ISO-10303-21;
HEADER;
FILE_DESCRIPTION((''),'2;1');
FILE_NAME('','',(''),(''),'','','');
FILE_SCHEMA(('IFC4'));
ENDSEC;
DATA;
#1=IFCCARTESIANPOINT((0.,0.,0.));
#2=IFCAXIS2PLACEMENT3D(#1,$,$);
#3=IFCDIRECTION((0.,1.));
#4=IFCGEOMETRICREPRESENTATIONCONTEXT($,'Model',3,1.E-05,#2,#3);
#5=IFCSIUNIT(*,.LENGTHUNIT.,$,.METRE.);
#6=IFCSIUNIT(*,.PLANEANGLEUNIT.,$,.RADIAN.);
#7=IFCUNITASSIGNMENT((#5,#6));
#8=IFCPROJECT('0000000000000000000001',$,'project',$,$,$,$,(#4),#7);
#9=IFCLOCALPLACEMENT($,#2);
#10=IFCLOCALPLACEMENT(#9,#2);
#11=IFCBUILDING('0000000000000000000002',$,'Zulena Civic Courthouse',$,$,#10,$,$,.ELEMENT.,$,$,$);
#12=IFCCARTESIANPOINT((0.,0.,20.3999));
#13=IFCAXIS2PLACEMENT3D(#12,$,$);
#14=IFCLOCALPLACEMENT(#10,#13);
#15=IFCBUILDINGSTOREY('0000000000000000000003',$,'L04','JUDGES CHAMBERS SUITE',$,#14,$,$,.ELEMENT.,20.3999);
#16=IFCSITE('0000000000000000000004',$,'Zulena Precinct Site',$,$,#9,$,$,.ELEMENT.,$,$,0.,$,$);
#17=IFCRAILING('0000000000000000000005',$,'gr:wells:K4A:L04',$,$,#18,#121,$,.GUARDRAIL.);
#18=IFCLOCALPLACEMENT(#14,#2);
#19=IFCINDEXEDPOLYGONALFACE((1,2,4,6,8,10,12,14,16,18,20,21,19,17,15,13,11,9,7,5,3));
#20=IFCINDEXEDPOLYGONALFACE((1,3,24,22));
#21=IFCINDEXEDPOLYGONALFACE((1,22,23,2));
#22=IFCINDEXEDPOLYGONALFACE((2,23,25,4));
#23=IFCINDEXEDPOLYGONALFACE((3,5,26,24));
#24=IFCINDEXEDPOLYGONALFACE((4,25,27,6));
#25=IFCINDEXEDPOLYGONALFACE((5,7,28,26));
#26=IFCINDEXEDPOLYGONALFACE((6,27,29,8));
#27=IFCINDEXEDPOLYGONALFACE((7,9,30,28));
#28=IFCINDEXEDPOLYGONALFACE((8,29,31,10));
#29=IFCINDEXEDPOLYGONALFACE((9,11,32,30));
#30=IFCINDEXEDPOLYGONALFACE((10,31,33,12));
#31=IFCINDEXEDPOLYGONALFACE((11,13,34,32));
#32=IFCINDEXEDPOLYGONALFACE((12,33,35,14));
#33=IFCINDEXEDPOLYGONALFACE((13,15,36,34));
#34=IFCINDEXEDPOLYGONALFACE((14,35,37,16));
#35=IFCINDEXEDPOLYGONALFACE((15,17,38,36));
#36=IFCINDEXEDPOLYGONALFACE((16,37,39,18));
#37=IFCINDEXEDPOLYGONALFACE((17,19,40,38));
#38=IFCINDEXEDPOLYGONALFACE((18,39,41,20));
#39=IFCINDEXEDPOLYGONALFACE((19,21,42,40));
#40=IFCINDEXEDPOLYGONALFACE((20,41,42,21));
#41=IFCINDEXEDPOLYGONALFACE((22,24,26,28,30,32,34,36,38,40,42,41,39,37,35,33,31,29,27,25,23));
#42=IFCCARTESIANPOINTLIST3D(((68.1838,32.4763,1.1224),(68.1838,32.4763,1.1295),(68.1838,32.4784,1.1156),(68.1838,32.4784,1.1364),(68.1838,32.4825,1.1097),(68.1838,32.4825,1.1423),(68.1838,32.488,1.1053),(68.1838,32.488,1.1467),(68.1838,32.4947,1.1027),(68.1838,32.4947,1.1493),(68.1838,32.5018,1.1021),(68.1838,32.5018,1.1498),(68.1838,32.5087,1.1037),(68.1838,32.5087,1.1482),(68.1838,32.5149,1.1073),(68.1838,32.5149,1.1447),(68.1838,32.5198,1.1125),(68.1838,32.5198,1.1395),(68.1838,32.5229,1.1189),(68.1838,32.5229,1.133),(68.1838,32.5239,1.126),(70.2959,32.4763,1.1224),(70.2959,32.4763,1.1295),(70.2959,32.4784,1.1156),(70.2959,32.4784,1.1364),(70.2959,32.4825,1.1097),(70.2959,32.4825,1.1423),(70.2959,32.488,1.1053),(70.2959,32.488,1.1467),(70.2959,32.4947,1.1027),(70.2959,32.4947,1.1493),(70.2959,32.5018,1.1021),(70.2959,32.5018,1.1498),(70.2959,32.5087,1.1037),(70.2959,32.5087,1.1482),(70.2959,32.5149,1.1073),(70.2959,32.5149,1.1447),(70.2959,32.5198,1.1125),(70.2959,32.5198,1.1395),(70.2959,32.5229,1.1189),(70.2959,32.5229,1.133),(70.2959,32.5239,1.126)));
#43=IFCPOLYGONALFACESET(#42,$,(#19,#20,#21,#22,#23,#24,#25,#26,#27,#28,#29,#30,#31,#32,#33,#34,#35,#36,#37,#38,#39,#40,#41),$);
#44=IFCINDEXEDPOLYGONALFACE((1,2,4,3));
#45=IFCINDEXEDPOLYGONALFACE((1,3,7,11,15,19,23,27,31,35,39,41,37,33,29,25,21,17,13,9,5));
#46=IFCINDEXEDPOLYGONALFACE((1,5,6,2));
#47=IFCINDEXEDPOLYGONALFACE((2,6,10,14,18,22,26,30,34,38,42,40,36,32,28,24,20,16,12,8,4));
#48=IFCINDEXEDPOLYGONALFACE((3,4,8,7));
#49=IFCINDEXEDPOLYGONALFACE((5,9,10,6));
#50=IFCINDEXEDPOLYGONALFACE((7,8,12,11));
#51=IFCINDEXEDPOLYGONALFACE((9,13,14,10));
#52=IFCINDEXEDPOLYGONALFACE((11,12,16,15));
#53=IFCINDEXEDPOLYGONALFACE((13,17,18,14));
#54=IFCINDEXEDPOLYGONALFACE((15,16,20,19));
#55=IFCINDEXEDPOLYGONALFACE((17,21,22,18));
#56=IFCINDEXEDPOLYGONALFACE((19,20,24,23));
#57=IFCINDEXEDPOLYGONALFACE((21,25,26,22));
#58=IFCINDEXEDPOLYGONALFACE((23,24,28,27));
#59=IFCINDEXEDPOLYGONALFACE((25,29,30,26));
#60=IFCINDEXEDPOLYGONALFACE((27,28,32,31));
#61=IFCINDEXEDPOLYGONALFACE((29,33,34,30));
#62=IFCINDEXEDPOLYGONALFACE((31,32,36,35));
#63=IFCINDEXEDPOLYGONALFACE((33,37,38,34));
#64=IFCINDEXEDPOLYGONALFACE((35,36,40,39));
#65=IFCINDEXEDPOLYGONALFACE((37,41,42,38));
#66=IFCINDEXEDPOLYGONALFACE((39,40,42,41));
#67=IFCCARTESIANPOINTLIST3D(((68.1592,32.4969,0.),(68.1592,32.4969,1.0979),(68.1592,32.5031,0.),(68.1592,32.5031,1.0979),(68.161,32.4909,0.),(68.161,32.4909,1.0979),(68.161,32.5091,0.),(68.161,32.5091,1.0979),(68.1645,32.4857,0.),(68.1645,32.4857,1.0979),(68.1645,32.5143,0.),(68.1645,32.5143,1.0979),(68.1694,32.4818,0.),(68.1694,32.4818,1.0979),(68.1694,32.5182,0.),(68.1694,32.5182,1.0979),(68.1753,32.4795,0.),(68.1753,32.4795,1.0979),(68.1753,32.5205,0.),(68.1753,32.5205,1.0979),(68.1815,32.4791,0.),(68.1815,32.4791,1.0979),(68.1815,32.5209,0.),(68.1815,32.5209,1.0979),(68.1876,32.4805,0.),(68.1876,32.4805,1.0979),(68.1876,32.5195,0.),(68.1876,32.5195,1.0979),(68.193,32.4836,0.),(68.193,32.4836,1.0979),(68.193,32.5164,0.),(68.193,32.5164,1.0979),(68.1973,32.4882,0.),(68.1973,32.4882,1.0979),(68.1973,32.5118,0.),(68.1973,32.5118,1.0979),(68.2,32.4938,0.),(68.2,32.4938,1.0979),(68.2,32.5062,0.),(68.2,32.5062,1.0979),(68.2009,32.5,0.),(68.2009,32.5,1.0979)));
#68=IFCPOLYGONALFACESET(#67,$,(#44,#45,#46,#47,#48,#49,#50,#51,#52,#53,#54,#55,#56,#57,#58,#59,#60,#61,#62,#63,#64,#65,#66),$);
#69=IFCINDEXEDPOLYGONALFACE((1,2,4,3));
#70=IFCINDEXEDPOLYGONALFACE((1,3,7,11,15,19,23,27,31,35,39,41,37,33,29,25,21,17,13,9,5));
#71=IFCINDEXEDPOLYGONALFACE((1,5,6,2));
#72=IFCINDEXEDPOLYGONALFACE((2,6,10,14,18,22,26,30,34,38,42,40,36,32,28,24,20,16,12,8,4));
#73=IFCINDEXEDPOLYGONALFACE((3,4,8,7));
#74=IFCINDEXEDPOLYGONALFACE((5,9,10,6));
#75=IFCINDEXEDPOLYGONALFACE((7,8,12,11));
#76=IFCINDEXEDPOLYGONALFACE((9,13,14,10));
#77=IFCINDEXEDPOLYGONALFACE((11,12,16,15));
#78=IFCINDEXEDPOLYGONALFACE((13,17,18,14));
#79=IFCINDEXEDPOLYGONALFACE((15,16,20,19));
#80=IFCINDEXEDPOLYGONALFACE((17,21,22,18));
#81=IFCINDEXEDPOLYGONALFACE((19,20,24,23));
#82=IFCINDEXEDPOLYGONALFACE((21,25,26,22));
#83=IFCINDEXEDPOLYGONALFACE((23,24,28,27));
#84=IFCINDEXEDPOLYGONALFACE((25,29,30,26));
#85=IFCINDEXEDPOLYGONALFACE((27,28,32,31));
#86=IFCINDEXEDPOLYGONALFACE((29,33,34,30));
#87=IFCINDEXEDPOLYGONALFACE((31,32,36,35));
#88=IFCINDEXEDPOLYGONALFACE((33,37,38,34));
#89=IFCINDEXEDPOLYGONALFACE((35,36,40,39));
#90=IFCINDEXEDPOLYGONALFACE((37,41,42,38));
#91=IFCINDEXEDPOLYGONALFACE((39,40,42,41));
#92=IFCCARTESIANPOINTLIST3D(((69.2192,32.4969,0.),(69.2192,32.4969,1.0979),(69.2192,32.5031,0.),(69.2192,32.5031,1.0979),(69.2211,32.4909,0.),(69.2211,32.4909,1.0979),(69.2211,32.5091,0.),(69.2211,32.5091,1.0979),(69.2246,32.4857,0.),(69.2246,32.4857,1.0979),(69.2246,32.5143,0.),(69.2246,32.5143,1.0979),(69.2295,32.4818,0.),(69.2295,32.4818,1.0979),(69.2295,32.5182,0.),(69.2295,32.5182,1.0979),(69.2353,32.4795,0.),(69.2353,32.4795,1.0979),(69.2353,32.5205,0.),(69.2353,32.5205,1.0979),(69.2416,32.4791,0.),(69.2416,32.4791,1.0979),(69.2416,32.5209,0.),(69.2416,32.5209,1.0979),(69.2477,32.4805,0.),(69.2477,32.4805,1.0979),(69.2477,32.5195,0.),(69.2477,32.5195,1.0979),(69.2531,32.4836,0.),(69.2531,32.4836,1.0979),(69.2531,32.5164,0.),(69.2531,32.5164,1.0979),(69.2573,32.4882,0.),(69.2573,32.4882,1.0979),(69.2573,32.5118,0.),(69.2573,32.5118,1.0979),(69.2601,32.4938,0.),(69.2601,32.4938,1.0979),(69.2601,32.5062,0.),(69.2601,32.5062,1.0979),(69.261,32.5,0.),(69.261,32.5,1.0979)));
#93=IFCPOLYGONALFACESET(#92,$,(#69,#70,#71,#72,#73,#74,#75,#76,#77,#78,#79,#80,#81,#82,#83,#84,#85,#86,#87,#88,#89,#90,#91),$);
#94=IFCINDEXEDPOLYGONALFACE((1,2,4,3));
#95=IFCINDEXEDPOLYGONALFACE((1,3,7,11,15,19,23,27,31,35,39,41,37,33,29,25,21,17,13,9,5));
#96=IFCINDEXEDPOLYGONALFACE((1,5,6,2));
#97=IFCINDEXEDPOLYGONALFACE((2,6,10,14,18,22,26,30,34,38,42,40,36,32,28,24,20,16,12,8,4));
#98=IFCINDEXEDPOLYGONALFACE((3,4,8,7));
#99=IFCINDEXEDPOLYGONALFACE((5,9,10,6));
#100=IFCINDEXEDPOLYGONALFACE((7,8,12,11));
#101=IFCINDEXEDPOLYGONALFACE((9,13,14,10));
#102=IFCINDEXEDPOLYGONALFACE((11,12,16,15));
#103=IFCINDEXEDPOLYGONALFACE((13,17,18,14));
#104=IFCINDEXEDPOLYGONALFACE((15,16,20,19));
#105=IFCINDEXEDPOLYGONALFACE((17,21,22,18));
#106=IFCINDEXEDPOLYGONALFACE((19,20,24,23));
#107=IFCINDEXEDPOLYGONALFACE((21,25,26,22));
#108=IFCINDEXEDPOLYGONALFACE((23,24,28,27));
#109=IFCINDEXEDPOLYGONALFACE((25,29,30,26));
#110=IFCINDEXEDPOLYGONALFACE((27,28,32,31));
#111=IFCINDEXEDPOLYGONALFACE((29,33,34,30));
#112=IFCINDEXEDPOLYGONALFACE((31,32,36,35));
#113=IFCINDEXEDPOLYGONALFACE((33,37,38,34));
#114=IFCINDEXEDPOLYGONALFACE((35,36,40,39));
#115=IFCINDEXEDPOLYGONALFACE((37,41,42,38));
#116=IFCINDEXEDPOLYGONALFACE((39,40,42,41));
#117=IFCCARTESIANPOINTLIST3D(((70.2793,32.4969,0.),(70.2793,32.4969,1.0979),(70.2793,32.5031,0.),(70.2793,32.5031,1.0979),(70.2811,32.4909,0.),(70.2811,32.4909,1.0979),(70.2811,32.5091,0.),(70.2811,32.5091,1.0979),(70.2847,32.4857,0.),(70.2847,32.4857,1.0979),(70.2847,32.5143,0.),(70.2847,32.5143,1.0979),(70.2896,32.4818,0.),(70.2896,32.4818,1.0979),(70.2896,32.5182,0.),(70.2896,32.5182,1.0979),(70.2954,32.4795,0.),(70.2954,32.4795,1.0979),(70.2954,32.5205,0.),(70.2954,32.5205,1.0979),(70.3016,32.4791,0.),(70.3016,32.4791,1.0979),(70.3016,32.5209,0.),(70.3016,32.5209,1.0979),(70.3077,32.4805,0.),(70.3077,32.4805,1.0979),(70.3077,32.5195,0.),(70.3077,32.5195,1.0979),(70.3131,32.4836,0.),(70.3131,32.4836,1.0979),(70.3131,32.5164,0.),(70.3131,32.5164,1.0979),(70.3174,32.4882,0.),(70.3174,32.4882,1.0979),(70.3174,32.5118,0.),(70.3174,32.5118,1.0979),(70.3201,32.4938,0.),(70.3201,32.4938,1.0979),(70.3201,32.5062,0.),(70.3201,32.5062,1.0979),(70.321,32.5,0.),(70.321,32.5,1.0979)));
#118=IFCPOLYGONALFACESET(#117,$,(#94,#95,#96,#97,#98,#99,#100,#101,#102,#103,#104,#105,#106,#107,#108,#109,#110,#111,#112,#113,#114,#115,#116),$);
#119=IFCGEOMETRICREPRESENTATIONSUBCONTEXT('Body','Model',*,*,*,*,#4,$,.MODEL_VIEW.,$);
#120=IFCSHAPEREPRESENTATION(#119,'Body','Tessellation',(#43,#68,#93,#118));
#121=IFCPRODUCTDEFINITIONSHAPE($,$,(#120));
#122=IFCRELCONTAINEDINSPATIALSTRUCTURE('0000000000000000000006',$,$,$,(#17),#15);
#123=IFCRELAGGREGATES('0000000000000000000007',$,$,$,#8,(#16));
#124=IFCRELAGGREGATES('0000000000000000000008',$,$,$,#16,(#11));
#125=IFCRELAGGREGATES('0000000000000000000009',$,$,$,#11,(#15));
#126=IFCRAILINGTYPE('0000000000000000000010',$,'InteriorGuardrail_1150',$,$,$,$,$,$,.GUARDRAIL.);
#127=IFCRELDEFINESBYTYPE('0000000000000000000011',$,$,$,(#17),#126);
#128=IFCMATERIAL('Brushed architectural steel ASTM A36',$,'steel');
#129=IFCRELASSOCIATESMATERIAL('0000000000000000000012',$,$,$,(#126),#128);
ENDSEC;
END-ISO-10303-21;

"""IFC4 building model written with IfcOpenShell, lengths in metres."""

from ifc_helpers import new_model, si_unit, direction, frame, origin, origin_2d, place, context, subcontext, project, spatial, circle, extrude, material, type_object, element, save


model = new_model("IFC4")

# Units and contexts
model_context = context("Model", 3, precision=1e-05, world=origin(), true_north=direction((0.0, 1.0)))
body_context = subcontext(model_context, "Body", "Model", "MODEL_VIEW")
ifc_project = project(units=[si_unit("LENGTHUNIT", "METRE"), si_unit("PLANEANGLEUNIT", "RADIAN")], contexts=[model_context])

# Site, building, storey
site_placement = place(None, origin())
site = spatial("IfcSite", under=ifc_project, at=site_placement, Name="Zulena Precinct Site", CompositionType="ELEMENT", RefElevation=0.0)
building_placement = place(site_placement, origin())
building = spatial("IfcBuilding", under=site, at=building_placement, Name="Zulena Civic Courthouse", CompositionType="ELEMENT")
storey_placement = place(building_placement, frame((0.0, 0.0, 20.3999)))
storey = spatial("IfcBuildingStorey", under=building, at=storey_placement, Name="L04", Description="JUDGES CHAMBERS SUITE", CompositionType="ELEMENT", Elevation=20.3999)

# Railing
ifc_material_1 = material(Name="Brushed architectural steel ASTM A36", Category="steel")
railing_type_1 = type_object("IfcRailingType", Name="InteriorGuardrail_1150", PredefinedType="GUARDRAIL", material=ifc_material_1)
railing_1_placement = place(storey_placement, frame((68.1799, 32.5, 0.0)))
element("IfcRailing", 1, at=railing_1_placement, inside=storey, type_object=railing_type_1, Name="gr:wells:K4A:L04", PredefinedType="GUARDRAIL", context=body_context, shape_type="SweptSolid", body=[
    extrude(circle(Radius=0.0239, at=origin_2d()), frame((0.0039, 0.0, 1.126), z_axis=(1.0, 0.0, 0.0), x_axis=(0.0, 1.0, 0.0)), (0.0, 0.0, 1.0), 2.1121),
    extrude(circle(Radius=0.021, at=origin_2d()), origin(), (0.0, 0.0, 1.0), 1.0979),
    extrude(circle(Radius=0.021, at=origin_2d()), frame((1.0601, 0.0, 0.0)), (0.0, 0.0, 1.0), 1.0979),
    extrude(circle(Radius=0.021, at=origin_2d()), frame((2.1201, 0.0, 0.0)), (0.0, 0.0, 1.0), 1.0979),
])

save(model, "model.ifc")
